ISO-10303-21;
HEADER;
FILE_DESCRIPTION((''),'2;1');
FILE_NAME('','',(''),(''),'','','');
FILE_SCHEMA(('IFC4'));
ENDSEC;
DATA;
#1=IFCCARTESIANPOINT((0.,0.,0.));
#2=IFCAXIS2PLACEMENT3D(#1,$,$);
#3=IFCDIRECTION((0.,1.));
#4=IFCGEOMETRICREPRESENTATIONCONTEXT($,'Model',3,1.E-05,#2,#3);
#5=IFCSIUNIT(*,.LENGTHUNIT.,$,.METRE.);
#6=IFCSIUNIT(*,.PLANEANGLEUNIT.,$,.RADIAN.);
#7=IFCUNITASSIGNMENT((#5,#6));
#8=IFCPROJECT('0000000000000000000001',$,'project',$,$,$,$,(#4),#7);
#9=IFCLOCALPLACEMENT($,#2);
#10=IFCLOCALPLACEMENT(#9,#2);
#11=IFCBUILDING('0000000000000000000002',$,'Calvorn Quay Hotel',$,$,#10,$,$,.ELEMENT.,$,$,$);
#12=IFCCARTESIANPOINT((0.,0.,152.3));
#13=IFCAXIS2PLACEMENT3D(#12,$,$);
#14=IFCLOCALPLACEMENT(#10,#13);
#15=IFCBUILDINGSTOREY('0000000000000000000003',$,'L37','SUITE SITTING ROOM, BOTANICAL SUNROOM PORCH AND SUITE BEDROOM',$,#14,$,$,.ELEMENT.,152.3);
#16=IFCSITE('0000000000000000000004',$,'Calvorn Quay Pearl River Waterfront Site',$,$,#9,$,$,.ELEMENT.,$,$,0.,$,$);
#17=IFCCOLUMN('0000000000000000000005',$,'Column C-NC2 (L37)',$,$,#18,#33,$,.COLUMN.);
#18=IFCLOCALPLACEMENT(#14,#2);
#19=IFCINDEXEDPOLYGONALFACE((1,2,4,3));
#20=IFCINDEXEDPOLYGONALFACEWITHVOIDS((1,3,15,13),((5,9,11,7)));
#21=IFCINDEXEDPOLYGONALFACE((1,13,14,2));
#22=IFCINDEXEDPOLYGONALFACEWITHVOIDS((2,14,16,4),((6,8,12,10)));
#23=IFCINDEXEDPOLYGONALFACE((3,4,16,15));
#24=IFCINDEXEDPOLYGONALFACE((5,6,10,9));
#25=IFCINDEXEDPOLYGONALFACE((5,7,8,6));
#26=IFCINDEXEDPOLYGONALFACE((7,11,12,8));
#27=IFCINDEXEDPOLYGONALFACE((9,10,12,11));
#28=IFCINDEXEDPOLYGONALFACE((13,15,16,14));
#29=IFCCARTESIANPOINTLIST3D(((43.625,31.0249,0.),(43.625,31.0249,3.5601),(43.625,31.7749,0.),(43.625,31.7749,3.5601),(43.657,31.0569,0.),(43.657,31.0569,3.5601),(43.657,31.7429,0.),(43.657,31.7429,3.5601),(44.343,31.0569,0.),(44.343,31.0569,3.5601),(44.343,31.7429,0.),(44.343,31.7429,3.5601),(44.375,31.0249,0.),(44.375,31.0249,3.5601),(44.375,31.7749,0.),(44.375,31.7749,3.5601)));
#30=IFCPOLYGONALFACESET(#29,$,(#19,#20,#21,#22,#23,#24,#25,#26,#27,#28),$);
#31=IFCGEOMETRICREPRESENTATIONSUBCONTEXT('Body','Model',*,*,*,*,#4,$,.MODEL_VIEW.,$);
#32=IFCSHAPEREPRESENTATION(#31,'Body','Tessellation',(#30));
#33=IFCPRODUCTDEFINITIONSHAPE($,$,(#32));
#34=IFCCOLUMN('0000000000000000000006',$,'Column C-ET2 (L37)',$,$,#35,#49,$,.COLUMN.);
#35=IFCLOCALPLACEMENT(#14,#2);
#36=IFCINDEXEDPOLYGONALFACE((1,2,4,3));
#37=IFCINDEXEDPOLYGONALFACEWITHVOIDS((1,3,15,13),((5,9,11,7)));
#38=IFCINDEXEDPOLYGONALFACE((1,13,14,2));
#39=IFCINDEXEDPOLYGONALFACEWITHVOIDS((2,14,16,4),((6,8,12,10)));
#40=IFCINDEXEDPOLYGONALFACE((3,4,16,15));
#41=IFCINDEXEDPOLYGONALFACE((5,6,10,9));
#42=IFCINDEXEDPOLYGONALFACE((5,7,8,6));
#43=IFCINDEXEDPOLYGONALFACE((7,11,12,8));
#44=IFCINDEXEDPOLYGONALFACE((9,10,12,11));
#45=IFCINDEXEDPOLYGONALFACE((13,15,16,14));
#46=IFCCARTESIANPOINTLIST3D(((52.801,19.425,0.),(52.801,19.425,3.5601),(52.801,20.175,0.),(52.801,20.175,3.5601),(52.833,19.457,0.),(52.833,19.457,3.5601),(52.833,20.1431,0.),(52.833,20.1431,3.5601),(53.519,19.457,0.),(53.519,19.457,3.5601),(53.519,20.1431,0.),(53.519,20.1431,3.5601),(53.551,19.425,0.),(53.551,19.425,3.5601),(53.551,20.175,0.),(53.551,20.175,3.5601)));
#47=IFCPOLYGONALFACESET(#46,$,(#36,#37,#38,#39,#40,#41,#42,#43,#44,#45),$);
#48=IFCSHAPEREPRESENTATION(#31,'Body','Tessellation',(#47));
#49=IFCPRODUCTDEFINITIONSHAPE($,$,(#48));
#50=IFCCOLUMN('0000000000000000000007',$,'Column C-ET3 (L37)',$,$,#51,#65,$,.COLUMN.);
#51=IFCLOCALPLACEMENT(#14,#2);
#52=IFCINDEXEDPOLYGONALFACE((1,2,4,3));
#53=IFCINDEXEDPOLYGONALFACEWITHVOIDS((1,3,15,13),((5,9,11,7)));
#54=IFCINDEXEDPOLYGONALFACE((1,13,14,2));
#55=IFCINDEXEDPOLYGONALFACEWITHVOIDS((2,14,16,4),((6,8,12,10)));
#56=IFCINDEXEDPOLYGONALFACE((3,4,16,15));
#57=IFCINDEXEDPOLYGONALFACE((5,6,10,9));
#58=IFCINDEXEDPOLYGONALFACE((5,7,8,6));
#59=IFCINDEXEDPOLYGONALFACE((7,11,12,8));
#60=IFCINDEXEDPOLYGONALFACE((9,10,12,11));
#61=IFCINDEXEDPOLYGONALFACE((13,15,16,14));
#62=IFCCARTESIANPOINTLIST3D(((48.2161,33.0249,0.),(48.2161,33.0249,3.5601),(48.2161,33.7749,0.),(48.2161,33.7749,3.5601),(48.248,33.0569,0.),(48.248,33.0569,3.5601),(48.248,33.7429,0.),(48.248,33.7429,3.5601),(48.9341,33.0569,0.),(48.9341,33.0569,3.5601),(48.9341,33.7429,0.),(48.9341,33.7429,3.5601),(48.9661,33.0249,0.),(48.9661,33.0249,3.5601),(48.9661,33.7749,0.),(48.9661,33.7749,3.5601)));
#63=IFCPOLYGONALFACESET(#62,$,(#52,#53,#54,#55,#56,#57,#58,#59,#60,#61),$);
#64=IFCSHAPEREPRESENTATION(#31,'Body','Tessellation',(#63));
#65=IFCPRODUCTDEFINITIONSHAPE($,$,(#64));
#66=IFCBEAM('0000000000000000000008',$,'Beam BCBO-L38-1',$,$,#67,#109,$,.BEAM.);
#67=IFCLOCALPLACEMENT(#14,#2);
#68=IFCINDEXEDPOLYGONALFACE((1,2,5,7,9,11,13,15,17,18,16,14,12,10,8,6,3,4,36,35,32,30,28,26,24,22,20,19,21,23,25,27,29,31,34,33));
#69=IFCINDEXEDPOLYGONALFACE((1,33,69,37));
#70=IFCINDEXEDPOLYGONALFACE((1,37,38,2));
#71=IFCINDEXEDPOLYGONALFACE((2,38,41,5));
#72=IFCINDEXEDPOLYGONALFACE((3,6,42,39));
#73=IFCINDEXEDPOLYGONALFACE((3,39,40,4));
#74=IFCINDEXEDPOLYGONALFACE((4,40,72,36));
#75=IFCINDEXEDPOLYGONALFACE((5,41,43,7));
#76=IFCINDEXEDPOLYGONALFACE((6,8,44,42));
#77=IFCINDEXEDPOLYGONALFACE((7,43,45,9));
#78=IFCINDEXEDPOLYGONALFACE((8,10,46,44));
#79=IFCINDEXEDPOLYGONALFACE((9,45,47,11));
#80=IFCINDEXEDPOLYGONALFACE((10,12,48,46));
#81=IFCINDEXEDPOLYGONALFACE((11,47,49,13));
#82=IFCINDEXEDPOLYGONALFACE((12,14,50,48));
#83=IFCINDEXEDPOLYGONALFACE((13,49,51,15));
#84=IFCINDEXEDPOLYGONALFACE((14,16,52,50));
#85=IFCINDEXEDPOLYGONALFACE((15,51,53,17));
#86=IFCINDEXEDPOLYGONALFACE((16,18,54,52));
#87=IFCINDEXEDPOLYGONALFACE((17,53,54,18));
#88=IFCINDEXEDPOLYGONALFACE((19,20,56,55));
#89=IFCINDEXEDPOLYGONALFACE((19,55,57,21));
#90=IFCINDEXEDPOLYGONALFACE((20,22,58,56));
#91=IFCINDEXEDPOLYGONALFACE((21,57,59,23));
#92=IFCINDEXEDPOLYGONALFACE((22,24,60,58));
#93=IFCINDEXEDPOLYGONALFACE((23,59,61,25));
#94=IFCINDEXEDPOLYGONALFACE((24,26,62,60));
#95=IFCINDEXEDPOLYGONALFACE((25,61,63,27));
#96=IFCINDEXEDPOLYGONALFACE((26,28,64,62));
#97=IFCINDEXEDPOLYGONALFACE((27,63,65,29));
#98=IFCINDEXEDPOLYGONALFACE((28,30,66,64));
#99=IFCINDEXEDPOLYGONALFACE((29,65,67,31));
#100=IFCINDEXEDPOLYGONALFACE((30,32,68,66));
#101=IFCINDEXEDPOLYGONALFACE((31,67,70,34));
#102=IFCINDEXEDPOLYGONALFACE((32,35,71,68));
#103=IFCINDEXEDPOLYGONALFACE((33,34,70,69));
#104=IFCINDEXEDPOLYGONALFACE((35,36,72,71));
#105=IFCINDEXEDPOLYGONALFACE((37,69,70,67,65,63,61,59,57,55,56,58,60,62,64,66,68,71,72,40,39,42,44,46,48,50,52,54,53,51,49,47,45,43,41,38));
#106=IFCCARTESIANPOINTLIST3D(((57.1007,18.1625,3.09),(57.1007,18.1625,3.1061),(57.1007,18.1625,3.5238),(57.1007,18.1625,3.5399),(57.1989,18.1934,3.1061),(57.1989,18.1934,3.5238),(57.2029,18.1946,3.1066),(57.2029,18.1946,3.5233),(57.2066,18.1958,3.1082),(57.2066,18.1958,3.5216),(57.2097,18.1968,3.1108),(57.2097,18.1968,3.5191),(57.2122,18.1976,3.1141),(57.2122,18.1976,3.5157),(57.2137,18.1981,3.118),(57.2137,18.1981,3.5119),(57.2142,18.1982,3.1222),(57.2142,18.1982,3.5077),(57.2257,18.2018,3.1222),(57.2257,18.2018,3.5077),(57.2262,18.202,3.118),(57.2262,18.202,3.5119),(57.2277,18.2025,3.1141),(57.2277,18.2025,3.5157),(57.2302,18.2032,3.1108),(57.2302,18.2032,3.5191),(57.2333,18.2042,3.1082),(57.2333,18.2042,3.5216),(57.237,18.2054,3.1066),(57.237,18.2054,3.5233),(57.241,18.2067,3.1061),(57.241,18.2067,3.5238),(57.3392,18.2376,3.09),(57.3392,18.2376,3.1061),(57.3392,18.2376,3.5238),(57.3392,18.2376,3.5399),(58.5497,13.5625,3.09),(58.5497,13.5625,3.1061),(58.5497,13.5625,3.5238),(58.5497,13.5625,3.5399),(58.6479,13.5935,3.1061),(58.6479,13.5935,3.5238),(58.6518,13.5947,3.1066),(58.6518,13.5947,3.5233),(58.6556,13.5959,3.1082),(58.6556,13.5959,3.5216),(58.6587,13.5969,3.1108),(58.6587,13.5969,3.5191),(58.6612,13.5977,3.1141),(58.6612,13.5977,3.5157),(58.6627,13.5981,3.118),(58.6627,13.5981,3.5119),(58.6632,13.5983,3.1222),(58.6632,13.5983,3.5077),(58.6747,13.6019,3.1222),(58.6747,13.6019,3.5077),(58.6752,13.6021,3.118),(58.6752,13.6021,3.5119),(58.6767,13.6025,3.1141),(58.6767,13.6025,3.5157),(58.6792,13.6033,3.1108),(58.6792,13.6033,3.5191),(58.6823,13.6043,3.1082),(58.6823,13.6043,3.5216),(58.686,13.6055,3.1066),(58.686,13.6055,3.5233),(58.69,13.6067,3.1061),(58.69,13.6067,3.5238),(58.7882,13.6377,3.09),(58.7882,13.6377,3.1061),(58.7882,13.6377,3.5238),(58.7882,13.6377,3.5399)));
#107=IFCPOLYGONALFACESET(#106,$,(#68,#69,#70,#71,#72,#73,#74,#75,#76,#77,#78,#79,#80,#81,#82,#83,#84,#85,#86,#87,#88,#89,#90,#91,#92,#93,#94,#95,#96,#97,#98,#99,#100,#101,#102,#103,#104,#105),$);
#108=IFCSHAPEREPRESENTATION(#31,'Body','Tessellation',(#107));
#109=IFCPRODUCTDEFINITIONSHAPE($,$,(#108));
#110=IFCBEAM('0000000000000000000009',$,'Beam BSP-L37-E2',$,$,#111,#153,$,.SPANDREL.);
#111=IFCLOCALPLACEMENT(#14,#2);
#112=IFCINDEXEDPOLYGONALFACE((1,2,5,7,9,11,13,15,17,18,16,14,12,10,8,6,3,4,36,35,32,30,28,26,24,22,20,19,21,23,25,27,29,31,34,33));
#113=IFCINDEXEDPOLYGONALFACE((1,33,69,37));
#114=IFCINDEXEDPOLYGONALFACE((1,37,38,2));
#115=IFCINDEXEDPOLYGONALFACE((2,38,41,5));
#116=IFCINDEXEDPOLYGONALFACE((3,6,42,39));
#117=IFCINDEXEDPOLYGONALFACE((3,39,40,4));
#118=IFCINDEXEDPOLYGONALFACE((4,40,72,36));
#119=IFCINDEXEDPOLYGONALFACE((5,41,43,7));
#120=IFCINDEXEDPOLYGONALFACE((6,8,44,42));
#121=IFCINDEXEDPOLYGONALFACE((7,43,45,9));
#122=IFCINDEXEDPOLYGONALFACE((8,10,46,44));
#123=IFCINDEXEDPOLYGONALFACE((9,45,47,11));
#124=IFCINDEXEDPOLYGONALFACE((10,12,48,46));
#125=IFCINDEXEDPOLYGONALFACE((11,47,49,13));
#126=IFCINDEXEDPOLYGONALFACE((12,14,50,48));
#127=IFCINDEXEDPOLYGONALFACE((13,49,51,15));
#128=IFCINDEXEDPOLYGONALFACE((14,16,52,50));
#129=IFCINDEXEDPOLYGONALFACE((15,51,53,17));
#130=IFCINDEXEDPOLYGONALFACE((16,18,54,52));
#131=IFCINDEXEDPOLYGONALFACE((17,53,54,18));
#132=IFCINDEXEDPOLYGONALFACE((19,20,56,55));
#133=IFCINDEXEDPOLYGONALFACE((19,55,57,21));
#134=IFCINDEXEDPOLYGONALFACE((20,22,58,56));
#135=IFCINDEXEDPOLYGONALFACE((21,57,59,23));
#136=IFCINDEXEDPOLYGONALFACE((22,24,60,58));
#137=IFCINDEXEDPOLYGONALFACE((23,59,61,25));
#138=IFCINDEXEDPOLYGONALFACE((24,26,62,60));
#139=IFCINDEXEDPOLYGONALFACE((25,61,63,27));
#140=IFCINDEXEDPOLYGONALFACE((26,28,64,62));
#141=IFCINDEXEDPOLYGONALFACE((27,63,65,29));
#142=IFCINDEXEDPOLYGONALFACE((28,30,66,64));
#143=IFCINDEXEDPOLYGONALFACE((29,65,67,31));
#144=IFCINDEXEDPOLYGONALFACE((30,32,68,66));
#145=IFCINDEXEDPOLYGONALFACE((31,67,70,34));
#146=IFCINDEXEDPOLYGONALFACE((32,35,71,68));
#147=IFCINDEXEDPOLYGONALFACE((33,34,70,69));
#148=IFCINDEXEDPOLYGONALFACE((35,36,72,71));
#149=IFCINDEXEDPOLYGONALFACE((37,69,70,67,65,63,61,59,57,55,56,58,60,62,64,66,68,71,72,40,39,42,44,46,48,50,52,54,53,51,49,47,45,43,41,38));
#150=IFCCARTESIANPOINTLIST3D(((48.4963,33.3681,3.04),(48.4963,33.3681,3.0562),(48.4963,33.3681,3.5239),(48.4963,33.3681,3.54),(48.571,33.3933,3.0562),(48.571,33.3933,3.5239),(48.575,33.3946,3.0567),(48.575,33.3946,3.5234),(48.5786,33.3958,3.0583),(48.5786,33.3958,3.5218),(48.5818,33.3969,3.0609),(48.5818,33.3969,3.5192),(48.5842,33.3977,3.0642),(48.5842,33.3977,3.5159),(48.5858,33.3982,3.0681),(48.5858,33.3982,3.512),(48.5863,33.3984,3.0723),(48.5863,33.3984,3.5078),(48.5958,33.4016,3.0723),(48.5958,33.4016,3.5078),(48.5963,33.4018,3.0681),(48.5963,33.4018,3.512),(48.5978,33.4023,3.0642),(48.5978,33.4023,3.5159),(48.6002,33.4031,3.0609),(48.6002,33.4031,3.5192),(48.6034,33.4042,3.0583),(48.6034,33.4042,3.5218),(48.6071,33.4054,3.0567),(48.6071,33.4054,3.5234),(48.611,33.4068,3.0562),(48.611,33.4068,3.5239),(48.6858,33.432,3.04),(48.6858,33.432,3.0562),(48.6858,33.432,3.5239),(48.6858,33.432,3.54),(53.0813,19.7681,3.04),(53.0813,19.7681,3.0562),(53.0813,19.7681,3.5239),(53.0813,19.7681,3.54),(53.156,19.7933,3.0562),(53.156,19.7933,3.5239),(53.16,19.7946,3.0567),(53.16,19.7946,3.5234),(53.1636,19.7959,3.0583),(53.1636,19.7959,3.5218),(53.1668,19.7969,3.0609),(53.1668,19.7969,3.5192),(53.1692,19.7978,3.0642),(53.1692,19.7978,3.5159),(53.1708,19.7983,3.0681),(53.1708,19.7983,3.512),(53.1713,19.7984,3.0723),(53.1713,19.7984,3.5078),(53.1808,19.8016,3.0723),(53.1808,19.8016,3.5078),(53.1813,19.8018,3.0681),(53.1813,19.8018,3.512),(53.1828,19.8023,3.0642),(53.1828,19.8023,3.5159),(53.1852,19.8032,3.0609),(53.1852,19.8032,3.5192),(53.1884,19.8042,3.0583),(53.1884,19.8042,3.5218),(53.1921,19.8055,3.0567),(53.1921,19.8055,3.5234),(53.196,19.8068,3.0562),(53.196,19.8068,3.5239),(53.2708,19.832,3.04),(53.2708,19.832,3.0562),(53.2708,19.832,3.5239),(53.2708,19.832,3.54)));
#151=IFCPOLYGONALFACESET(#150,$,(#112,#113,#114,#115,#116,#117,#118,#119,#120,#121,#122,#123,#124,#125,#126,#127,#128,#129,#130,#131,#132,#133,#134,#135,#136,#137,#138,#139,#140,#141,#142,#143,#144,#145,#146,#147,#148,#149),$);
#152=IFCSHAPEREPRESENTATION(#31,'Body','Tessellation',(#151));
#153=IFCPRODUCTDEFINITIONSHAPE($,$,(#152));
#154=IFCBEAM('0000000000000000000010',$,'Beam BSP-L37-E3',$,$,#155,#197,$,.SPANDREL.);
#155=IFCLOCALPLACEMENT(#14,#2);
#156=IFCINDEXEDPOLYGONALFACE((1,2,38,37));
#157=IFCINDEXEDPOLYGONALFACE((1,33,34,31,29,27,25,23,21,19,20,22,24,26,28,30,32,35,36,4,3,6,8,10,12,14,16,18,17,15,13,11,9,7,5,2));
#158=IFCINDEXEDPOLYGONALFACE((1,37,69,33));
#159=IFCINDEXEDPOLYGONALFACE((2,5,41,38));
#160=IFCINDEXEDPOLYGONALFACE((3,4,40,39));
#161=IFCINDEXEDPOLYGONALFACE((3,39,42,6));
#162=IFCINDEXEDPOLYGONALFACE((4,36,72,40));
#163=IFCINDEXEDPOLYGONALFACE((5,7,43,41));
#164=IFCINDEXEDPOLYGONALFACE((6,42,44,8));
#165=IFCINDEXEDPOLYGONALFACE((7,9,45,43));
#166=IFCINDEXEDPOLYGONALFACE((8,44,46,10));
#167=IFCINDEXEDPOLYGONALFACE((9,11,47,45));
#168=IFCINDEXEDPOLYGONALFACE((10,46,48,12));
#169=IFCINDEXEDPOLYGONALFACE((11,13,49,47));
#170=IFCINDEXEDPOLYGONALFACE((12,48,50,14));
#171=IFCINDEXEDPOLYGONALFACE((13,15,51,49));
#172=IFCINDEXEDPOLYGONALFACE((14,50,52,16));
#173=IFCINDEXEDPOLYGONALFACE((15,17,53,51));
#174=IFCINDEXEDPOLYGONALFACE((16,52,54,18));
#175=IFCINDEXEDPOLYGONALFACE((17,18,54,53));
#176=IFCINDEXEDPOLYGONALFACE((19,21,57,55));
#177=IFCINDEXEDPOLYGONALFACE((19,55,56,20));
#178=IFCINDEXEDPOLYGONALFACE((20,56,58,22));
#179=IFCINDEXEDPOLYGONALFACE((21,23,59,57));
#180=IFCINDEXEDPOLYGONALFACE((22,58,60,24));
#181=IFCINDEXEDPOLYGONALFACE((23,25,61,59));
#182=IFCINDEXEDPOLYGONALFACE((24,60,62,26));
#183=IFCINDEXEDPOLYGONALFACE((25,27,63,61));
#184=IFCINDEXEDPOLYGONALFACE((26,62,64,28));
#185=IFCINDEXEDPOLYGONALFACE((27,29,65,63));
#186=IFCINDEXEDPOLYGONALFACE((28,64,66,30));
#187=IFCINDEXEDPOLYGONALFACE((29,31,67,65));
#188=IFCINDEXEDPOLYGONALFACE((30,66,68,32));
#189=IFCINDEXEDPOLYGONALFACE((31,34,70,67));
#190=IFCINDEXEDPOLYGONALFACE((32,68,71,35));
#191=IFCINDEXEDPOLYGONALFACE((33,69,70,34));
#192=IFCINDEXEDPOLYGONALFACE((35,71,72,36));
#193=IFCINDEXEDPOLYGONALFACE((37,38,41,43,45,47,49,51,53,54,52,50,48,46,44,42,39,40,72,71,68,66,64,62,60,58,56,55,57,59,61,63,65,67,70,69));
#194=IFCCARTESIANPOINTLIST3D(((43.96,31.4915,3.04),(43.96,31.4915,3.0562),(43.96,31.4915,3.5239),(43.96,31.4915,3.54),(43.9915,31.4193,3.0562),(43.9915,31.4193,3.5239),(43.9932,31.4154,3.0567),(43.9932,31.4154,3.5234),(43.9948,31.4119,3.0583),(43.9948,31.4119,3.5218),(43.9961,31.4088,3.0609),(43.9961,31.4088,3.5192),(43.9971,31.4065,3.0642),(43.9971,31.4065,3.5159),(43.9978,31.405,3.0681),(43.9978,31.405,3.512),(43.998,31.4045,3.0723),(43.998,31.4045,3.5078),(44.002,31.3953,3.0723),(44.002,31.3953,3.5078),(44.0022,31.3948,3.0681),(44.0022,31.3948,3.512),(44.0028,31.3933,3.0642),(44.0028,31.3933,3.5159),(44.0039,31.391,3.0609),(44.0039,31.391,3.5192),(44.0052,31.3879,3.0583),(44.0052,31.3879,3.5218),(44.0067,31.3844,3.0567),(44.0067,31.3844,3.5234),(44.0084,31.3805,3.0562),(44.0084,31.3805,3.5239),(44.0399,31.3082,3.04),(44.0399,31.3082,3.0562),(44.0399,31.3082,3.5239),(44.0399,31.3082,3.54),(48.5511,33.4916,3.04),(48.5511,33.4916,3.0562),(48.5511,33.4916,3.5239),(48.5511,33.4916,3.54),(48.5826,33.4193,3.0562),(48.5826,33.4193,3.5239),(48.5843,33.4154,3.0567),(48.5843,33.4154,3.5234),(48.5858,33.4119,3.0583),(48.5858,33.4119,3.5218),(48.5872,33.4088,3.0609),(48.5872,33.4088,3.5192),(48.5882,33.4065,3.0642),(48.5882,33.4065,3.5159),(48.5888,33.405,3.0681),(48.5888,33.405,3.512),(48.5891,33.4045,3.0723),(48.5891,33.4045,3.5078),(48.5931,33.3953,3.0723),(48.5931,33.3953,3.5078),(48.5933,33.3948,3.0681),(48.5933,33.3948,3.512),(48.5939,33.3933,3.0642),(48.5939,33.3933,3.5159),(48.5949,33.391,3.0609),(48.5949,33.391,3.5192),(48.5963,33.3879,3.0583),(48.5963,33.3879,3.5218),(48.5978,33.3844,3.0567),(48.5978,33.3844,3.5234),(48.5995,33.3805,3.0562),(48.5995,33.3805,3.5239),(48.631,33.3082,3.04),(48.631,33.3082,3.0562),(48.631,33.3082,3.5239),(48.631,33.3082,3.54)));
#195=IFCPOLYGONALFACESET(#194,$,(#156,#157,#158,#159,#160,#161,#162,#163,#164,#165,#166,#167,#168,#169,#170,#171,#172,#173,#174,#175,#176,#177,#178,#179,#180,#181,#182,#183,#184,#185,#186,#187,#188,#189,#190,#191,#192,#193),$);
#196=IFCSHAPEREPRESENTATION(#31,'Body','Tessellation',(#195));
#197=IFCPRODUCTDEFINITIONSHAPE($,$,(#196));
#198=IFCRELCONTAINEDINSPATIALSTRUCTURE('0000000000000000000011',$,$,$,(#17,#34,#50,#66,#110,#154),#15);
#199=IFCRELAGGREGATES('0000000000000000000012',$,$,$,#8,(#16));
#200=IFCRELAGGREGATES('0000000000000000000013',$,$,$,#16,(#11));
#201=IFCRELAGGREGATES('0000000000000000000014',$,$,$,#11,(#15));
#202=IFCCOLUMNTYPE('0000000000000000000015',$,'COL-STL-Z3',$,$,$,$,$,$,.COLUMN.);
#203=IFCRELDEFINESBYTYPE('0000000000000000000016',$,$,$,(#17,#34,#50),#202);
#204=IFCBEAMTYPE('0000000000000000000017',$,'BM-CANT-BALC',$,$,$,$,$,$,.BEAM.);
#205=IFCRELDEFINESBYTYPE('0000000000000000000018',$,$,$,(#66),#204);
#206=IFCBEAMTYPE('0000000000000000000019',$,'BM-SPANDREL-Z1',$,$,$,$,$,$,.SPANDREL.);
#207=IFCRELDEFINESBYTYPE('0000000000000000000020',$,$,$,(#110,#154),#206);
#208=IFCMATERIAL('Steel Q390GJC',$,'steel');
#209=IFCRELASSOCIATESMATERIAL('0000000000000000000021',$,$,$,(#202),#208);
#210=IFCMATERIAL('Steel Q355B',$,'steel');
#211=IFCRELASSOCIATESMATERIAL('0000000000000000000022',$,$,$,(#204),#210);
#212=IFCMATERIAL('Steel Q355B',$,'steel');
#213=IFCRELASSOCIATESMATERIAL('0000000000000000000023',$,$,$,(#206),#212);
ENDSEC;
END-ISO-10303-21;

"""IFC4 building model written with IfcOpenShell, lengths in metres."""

from ifc_helpers import new_model, si_unit, direction, frame, origin, origin_2d, place, context, subcontext, project, spatial, hollow_rectangle, i_section, extrude, material, material_profile, profile_set, type_object, element, save


model = new_model("IFC4")

# Units and contexts
model_context = context("Model", 3, precision=1e-05, world=origin(), true_north=direction((0.0, 1.0)))
body_context = subcontext(model_context, "Body", "Model", "MODEL_VIEW")
ifc_project = project(units=[si_unit("LENGTHUNIT", "METRE"), si_unit("PLANEANGLEUNIT", "RADIAN")], contexts=[model_context])

# Site, building, storey
site_placement = place(None, origin())
site = spatial("IfcSite", under=ifc_project, at=site_placement, Name="Calvorn Quay Pearl River Waterfront Site", CompositionType="ELEMENT", RefElevation=0.0)
building_placement = place(site_placement, origin())
building = spatial("IfcBuilding", under=site, at=building_placement, Name="Calvorn Quay Hotel", CompositionType="ELEMENT")
storey_placement = place(building_placement, frame((0.0, 0.0, 152.3)))
storey = spatial("IfcBuildingStorey", under=building, at=storey_placement, Name="L37", Description="SUITE SITTING ROOM, BOTANICAL SUNROOM PORCH AND SUITE BEDROOM", CompositionType="ELEMENT", Elevation=152.3)

# Columns
ifc_material_1 = material(Name="Steel Q390GJC", Category="steel")
ifc_material_profile_1 = material_profile(ifc_material_1, hollow_rectangle(XDim=0.75, YDim=0.75, WallThickness=0.032, at=origin_2d()), Name="BOX750x750x32")
ifc_profile_set_1 = profile_set([ifc_material_profile_1], Name="Steel Q390GJC")
column_type = type_object("IfcColumnType", Name="COL-STL-Z3", PredefinedType="COLUMN", material=ifc_profile_set_1)
for number, where, z_axis, x_axis, name in (
    (1, (44.0, 31.3999, 0.0), (0.0, 0.0, 1.0), (1.0, 0.0, 0.0), "Column C-NC2 (L37)"),
    (2, (53.176, 19.8, 0.0), (0.0, 0.0, 1.0), (1.0, 0.0, 0.0), "Column C-ET2 (L37)"),
    (3, (48.5911, 33.3999, 0.0), (0.0, 0.0, 1.0), (1.0, 0.0, 0.0), "Column C-ET3 (L37)"),
):
    element("IfcColumn", number, at=place(storey_placement, frame(where, z_axis=z_axis, x_axis=x_axis)), inside=storey, type_object=column_type, Name=name, PredefinedType="COLUMN", context=body_context, shape_type="SweptSolid", body=[
        extrude(hollow_rectangle(XDim=0.75, YDim=0.75, WallThickness=0.032, at=origin_2d()), origin(), (0.0, 0.0, 1.0), 3.5601),
    ])

# Beams
ifc_material_2 = material(Name="Steel Q355B", Category="steel")
ifc_material_profile_2 = material_profile(ifc_material_2, i_section(OverallWidth=0.25, OverallDepth=0.45, WebThickness=0.012, FlangeThickness=0.0161, FilletRadius=0.0161, at=origin_2d()), Name="HN450x250x12x16")
ifc_profile_set_2 = profile_set([ifc_material_profile_2], Name="Steel Q355B")
beam_type_1 = type_object("IfcBeamType", Name="BM-CANT-BALC", PredefinedType="BEAM", material=ifc_profile_set_2)
beam_1_placement = place(storey_placement, frame((58.6689, 13.6001, 3.3149), z_axis=(-0.30045, 0.953797, 0.0), x_axis=(-0.953797, -0.30045, 0.0)))
element("IfcBeam", 4, at=beam_1_placement, inside=storey, type_object=beam_type_1, Name="Beam BCBO-L38-1", PredefinedType="BEAM", context=body_context, shape_type="SweptSolid", body=[
    extrude(i_section(OverallWidth=0.25, OverallDepth=0.45, WebThickness=0.012, FlangeThickness=0.0161, FilletRadius=0.0161, at=origin_2d()), origin(), (0.0, 0.0, 1.0), 4.8228),
])
ifc_material_3 = material(Name="Steel Q355B", Category="steel")
ifc_material_profile_3 = material_profile(ifc_material_3, i_section(OverallWidth=0.2, OverallDepth=0.5, WebThickness=0.01, FlangeThickness=0.0161, FilletRadius=0.0161, at=origin_2d()), Name="HN500x200x10x16")
ifc_profile_set_3 = profile_set([ifc_material_profile_3], Name="Steel Q355B")
beam_type_2 = type_object("IfcBeamType", Name="BM-SPANDREL-Z1", PredefinedType="SPANDREL", material=ifc_profile_set_3)
beam_2_placement = place(storey_placement, frame((53.176, 19.8, 3.29), z_axis=(-0.319467, 0.947598, 0.0), x_axis=(-0.947598, -0.319467, 0.0)))
element("IfcBeam", 5, at=beam_2_placement, inside=storey, type_object=beam_type_2, Name="Beam BSP-L37-E2", PredefinedType="SPANDREL", context=body_context, shape_type="SweptSolid", body=[
    extrude(i_section(OverallWidth=0.2, OverallDepth=0.5, WebThickness=0.01, FlangeThickness=0.0161, FilletRadius=0.0161, at=origin_2d()), origin(), (0.0, 0.0, 1.0), 14.3521),
])
beam_3_placement = place(storey_placement, frame((48.5911, 33.3999, 3.29), z_axis=(-0.916786, -0.399378, 0.0), x_axis=(0.399378, -0.916786, 0.0)))
element("IfcBeam", 6, at=beam_3_placement, inside=storey, type_object=beam_type_2, Name="Beam BSP-L37-E3", PredefinedType="SPANDREL", context=body_context, shape_type="SweptSolid", body=[
    extrude(i_section(OverallWidth=0.2, OverallDepth=0.5, WebThickness=0.01, FlangeThickness=0.0161, FilletRadius=0.0161, at=origin_2d()), origin(), (0.0, 0.0, 1.0), 5.0078),
])

save(model, "model.ifc")
